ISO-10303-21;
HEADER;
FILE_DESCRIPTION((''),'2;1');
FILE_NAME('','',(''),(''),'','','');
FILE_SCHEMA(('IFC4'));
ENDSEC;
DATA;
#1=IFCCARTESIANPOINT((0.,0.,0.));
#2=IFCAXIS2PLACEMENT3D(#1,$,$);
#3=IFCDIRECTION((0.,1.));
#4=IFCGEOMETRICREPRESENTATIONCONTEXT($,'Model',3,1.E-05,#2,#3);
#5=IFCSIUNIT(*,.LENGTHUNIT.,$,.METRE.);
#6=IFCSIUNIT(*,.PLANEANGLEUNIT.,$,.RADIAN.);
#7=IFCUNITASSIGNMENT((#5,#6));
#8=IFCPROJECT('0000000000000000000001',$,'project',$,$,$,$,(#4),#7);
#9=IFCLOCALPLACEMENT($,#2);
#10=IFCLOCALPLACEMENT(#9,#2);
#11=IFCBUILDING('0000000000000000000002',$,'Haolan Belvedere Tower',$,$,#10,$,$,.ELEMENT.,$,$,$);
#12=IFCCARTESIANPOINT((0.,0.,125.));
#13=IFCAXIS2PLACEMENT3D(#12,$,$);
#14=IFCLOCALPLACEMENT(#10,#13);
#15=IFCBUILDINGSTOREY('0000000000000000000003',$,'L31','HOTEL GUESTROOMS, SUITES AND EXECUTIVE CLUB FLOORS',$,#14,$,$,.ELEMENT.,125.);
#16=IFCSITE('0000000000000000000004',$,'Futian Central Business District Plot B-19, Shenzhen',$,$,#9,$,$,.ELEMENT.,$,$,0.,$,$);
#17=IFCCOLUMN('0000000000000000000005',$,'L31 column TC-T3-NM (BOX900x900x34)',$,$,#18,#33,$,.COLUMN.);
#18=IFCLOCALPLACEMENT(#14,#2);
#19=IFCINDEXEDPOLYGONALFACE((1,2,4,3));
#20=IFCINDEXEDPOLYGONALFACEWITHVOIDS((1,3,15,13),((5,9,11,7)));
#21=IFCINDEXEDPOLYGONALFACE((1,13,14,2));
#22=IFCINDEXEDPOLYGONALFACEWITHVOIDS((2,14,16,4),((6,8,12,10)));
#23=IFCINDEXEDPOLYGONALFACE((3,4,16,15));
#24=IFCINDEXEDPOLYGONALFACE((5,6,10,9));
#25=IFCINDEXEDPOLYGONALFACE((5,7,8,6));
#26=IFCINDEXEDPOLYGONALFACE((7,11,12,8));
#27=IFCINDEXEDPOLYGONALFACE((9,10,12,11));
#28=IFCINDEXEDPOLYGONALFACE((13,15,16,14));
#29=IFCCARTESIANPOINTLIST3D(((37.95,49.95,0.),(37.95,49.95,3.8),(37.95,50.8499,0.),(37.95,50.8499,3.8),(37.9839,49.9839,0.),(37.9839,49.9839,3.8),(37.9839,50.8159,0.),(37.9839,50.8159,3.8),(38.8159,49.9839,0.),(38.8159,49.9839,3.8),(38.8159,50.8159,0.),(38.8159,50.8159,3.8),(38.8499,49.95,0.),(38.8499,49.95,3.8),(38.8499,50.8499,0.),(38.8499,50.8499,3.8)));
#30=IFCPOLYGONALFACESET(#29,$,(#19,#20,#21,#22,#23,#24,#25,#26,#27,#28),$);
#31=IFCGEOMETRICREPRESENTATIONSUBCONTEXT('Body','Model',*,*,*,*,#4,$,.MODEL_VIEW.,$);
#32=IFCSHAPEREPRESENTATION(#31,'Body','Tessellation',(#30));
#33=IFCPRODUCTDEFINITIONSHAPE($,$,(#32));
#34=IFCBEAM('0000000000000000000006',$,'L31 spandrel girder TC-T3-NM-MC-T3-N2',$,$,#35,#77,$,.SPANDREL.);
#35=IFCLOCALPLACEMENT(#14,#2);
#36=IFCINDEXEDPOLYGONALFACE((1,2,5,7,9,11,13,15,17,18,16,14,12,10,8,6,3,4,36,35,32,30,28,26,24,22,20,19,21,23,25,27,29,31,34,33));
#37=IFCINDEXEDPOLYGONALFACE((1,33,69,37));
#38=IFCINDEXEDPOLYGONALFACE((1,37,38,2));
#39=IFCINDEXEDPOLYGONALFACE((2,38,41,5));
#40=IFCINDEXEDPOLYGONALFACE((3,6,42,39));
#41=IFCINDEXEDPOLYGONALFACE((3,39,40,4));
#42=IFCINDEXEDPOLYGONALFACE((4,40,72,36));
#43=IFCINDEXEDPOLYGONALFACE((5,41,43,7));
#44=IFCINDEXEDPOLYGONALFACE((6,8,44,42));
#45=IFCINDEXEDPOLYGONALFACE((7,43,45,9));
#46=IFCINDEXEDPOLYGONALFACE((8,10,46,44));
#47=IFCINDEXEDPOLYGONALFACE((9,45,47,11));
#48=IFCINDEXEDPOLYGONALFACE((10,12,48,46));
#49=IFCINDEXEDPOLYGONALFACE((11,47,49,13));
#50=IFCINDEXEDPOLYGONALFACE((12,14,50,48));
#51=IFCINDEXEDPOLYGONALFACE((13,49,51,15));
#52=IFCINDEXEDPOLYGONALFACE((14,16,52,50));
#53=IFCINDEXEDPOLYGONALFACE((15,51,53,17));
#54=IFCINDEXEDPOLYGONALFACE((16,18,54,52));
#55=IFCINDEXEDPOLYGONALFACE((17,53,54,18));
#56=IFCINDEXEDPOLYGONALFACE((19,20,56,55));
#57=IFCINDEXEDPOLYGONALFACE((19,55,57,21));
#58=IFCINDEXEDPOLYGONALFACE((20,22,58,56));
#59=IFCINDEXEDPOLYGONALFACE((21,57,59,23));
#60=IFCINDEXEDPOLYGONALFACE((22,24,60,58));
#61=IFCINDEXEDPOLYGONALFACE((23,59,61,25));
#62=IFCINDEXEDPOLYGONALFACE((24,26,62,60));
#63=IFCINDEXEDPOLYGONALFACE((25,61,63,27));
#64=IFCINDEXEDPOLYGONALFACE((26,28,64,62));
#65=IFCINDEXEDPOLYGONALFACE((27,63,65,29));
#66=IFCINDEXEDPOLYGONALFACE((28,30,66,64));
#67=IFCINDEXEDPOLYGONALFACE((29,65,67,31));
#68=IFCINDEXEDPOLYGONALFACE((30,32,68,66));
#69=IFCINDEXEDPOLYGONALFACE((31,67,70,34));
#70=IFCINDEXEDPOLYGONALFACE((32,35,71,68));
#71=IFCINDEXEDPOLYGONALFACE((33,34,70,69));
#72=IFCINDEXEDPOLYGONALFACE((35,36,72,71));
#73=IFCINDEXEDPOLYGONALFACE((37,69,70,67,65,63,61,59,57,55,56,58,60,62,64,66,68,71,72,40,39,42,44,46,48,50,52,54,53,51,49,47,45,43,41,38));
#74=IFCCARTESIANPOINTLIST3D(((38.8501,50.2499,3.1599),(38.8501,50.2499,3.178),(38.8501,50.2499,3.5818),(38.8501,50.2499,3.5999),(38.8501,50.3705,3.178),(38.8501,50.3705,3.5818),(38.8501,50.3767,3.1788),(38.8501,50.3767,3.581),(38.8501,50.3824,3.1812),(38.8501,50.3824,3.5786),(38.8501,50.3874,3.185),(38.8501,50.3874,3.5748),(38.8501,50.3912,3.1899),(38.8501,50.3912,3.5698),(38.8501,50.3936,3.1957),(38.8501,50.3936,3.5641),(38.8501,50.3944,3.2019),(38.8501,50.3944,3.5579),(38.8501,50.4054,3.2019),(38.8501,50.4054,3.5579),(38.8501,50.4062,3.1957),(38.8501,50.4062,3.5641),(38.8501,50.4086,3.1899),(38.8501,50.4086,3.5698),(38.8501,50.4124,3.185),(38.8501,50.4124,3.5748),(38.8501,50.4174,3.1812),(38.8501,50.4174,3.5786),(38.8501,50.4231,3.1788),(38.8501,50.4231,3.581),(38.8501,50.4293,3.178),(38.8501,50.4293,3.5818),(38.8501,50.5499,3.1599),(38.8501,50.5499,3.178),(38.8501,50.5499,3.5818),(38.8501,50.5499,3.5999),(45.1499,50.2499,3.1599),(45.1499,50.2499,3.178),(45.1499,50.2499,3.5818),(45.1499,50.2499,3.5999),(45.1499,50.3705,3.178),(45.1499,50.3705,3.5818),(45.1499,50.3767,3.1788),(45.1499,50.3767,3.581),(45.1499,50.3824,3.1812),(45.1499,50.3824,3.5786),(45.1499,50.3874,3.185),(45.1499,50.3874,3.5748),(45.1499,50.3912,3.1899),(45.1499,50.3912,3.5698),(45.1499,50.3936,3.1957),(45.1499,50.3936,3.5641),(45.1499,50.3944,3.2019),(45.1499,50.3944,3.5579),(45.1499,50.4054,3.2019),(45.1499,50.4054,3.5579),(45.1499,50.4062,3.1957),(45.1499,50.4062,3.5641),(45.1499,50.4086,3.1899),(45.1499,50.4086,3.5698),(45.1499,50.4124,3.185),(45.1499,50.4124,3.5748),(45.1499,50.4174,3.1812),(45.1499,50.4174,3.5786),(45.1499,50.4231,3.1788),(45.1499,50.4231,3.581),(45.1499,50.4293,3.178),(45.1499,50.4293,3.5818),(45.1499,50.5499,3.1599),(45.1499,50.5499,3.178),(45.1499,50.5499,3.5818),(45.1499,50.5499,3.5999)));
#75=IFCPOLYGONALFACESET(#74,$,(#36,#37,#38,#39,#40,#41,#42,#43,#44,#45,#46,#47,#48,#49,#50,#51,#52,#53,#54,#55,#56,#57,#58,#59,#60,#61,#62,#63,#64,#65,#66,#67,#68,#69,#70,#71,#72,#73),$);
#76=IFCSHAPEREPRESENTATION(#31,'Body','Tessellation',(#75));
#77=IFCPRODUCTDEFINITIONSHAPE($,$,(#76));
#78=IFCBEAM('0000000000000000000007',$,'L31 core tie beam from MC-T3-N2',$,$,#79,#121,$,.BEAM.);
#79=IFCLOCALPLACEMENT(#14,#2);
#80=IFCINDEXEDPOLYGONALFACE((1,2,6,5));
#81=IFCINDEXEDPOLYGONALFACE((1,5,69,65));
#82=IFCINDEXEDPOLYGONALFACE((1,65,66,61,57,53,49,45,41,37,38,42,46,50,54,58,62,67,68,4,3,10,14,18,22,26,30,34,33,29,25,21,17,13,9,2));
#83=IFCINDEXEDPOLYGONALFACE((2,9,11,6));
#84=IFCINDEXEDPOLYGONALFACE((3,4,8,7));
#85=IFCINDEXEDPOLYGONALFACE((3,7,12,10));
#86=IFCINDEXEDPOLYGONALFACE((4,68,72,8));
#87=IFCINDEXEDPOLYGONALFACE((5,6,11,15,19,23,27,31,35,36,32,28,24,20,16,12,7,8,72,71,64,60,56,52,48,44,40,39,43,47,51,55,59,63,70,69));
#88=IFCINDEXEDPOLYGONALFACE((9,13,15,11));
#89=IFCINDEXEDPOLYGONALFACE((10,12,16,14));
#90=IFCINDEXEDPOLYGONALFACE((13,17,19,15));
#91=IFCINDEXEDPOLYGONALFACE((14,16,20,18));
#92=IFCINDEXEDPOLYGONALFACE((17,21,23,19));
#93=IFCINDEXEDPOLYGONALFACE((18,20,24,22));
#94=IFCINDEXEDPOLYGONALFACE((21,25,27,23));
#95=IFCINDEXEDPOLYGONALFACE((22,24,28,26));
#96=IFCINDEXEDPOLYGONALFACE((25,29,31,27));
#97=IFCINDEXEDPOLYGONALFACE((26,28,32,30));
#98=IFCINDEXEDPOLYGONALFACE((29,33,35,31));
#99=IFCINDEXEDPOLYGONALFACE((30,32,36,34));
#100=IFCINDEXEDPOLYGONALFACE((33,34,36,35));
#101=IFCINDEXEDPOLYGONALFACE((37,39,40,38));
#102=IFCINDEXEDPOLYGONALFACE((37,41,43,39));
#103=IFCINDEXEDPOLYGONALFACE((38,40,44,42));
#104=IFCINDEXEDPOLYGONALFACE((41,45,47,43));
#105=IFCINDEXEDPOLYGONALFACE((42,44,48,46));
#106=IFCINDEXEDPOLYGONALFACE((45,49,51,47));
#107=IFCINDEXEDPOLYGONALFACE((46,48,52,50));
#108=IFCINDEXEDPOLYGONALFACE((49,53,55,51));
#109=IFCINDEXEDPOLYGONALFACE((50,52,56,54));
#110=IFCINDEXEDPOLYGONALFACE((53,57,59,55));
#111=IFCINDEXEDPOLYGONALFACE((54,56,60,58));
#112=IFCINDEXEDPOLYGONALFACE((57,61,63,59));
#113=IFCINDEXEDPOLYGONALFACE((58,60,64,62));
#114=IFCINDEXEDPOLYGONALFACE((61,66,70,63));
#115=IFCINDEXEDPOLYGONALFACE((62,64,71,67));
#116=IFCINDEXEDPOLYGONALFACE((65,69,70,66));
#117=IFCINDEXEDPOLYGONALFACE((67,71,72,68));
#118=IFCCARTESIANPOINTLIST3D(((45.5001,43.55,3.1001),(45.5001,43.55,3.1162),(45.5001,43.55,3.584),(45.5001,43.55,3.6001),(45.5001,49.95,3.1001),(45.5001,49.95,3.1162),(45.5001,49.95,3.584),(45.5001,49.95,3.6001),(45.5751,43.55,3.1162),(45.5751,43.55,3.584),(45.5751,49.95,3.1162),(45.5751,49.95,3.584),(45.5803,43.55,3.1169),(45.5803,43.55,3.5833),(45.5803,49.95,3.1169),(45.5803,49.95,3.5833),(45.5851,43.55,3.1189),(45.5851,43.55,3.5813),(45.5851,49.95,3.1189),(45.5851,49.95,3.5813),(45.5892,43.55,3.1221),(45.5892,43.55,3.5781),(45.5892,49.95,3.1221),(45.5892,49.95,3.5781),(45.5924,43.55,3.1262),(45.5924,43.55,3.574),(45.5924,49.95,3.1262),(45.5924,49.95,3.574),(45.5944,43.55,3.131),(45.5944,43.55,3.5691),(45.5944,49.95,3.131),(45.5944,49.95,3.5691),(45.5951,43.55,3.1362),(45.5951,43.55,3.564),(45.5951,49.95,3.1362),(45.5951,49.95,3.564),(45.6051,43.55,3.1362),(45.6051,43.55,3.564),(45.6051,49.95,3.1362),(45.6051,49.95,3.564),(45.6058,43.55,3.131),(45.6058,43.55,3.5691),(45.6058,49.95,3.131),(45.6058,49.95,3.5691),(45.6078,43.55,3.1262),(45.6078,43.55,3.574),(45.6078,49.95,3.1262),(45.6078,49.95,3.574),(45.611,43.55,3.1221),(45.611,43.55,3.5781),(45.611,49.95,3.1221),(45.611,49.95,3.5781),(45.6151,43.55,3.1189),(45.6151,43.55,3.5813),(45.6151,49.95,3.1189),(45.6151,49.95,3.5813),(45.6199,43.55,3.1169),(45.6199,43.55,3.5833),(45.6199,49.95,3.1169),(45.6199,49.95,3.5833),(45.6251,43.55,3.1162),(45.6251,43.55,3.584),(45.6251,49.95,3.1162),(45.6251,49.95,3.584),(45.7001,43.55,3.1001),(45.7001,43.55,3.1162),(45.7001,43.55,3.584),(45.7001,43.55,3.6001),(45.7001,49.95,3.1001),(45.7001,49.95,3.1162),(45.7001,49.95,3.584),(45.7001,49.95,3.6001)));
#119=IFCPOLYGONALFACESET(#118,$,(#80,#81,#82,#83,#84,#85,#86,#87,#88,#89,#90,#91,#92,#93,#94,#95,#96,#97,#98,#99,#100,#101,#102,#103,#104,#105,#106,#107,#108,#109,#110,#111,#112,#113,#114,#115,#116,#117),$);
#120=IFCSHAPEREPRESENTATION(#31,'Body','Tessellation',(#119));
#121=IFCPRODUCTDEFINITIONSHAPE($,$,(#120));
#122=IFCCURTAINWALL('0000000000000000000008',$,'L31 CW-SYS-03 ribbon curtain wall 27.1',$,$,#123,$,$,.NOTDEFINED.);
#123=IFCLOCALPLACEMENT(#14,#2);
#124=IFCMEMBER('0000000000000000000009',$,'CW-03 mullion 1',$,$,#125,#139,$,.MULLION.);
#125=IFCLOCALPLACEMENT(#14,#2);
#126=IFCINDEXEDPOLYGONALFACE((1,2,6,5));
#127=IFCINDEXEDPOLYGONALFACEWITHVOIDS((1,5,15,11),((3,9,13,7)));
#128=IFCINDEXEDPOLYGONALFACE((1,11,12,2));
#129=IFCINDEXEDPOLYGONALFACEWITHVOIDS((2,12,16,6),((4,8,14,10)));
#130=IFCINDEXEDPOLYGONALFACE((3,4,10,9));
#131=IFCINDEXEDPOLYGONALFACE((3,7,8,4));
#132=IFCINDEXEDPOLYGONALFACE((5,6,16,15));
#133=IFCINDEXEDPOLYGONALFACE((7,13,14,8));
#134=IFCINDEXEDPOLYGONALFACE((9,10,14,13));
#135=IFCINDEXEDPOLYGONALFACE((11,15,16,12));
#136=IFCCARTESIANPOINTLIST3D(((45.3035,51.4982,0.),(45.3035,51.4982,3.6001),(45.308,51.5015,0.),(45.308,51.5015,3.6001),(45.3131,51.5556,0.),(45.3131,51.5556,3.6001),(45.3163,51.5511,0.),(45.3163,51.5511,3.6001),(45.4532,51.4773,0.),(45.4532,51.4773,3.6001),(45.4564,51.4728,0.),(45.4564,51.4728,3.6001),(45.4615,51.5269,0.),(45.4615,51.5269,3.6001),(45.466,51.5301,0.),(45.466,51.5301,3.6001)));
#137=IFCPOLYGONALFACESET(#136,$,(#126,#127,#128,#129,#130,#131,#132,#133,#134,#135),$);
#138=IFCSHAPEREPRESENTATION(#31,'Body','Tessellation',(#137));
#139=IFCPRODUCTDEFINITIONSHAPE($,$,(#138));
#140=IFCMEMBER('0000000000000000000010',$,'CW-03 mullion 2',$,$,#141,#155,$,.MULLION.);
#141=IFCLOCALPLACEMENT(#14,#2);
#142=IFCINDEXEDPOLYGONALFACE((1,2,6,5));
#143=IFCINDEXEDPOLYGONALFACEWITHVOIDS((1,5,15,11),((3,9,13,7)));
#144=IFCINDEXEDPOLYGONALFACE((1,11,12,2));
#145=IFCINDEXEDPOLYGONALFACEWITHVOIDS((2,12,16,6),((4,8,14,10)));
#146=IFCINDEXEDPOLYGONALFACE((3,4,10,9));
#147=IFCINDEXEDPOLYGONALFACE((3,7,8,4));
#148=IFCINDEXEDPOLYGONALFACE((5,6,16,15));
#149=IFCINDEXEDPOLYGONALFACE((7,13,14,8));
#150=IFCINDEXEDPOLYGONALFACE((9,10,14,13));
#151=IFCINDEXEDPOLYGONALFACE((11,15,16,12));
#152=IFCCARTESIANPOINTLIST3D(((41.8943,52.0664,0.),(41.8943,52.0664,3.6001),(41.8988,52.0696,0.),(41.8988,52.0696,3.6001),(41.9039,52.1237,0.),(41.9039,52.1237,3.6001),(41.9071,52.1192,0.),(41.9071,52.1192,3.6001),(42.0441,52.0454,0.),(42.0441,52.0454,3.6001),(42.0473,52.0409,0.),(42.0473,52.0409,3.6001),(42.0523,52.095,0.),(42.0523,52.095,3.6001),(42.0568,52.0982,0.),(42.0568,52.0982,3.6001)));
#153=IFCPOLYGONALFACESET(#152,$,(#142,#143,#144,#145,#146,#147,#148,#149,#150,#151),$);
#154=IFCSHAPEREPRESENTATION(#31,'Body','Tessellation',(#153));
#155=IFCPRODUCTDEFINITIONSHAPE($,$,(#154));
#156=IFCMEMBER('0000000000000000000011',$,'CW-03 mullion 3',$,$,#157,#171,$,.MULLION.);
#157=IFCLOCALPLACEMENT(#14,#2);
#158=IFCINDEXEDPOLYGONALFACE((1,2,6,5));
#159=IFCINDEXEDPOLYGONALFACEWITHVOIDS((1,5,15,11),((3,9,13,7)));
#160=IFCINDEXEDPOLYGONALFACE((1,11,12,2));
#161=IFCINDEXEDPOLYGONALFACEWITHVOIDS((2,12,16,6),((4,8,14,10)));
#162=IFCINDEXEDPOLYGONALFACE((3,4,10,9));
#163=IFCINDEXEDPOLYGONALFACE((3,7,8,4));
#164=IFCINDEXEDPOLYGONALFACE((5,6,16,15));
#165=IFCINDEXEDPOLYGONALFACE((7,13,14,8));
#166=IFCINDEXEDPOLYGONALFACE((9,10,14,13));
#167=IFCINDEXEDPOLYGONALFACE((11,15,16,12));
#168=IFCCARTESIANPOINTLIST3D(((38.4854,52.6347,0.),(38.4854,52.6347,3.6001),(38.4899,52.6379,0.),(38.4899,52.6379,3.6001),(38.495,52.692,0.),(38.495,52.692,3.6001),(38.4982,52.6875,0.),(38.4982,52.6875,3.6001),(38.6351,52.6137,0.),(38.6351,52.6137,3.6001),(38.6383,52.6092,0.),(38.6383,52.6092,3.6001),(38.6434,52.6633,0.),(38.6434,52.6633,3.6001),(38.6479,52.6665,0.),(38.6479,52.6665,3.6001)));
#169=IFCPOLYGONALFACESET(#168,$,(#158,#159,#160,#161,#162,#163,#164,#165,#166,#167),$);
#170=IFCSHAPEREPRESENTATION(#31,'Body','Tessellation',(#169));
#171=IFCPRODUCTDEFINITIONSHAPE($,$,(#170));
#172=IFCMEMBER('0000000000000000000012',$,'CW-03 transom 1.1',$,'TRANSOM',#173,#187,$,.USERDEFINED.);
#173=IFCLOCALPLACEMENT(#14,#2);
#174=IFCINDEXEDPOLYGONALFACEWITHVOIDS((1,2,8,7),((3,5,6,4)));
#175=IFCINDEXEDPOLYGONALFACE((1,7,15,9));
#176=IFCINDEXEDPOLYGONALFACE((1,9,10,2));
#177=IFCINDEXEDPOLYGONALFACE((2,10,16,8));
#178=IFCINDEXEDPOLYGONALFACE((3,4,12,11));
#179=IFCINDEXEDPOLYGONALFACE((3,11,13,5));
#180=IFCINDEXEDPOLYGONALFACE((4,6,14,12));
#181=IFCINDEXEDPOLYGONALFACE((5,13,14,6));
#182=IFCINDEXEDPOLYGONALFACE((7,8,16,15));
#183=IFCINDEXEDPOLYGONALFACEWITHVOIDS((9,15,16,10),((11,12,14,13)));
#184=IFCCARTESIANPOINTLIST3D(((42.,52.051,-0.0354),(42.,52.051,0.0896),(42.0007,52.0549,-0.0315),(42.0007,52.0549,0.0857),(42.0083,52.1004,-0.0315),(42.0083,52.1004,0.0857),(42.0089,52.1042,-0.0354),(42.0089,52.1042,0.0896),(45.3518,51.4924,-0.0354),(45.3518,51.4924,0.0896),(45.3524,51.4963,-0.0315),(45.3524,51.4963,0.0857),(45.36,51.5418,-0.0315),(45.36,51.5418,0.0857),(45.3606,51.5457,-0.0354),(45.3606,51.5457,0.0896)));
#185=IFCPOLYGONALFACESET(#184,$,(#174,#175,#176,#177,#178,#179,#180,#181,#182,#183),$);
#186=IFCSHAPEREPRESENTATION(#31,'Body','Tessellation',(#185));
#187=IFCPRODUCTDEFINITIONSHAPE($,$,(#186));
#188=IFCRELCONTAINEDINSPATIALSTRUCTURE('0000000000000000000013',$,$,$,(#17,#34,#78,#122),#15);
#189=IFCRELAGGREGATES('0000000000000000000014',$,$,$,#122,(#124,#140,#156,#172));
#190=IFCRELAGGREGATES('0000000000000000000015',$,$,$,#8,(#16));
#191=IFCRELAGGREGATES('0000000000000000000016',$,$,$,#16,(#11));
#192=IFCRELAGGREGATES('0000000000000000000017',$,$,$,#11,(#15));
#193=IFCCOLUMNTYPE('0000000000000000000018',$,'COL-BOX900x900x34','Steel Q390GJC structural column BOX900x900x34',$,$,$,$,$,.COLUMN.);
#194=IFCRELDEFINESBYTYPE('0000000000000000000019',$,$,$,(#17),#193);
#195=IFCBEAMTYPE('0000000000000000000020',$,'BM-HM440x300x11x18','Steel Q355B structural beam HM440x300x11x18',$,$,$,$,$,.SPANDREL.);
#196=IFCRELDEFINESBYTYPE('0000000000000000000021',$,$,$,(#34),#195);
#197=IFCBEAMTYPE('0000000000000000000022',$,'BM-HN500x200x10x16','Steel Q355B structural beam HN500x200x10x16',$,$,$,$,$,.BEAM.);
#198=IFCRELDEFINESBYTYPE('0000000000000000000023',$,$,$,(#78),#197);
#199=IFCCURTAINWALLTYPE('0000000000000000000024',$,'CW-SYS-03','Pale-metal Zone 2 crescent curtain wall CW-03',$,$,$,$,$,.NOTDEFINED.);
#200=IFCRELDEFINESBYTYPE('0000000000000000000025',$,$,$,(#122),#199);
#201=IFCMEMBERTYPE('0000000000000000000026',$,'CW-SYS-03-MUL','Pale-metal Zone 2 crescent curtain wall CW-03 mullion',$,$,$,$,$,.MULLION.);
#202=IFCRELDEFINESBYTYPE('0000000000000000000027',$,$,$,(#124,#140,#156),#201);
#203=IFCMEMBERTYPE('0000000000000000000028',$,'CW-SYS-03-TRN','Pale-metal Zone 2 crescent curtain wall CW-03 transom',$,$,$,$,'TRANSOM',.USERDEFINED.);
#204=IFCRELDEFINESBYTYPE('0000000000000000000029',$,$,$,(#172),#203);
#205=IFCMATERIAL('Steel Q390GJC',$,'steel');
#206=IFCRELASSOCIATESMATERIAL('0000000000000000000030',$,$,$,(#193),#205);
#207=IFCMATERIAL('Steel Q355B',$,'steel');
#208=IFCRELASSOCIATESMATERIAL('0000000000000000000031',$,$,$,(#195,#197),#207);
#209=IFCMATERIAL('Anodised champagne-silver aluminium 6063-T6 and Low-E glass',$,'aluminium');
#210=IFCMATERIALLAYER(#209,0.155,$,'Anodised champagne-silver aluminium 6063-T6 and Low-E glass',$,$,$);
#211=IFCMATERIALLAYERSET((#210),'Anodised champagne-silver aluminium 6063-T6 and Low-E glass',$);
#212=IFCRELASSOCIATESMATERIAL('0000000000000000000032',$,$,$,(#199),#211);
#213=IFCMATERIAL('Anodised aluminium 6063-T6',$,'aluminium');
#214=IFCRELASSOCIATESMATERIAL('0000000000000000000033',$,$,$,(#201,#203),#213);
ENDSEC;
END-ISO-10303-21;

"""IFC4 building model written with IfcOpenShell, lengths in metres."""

from ifc_helpers import new_model, si_unit, direction, frame, origin, origin_2d, place, context, subcontext, project, spatial, hollow_rectangle, i_section, extrude, material, layer, layer_set, material_profile, profile_set, type_object, element, aggregate, save


model = new_model("IFC4")

# Units and contexts
model_context = context("Model", 3, precision=1e-05, world=origin(), true_north=direction((0.0, 1.0)))
body_context = subcontext(model_context, "Body", "Model", "MODEL_VIEW")
ifc_project = project(units=[si_unit("LENGTHUNIT", "METRE"), si_unit("PLANEANGLEUNIT", "RADIAN")], contexts=[model_context])

# Site, building, storey
site_placement = place(None, origin())
site = spatial("IfcSite", under=ifc_project, at=site_placement, Name="Futian Central Business District Plot B-19, Shenzhen", CompositionType="ELEMENT", RefElevation=0.0)
building_placement = place(site_placement, origin())
building = spatial("IfcBuilding", under=site, at=building_placement, Name="Haolan Belvedere Tower", CompositionType="ELEMENT")
storey_placement = place(building_placement, frame((0.0, 0.0, 125.0)))
storey = spatial("IfcBuildingStorey", under=building, at=storey_placement, Name="L31", Description="HOTEL GUESTROOMS, SUITES AND EXECUTIVE CLUB FLOORS", CompositionType="ELEMENT", Elevation=125.0)

# Column
ifc_material_1 = material(Name="Steel Q390GJC", Category="steel")
ifc_material_profile_1 = material_profile(ifc_material_1, hollow_rectangle(XDim=0.8999, YDim=0.8999, WallThickness=0.0339, at=origin_2d()), Name="Steel Q390GJC")
ifc_profile_set_1 = profile_set([ifc_material_profile_1], Name="Steel Q390GJC")
column_type = type_object("IfcColumnType", Name="COL-BOX900x900x34", Description="Steel Q390GJC structural column BOX900x900x34", PredefinedType="COLUMN", material=ifc_profile_set_1)
column_placement = place(storey_placement, frame((38.3999, 50.3999, 0.0), z_axis=(0.0, 0.0, 1.0), x_axis=(1.0, 0.0, 0.0)))
element("IfcColumn", 1, at=column_placement, inside=storey, type_object=column_type, Name="L31 column TC-T3-NM (BOX900x900x34)", PredefinedType="COLUMN", context=body_context, shape_type="SweptSolid", body=[
    extrude(hollow_rectangle(XDim=0.8999, YDim=0.8999, WallThickness=0.0339, at=origin_2d()), origin(), (0.0, 0.0, 1.0), 3.8),
])

# Beams
ifc_material_2 = material(Name="Steel Q355B", Category="steel")
ifc_material_profile_2 = material_profile(ifc_material_2, i_section(OverallWidth=0.3, OverallDepth=0.4399, WebThickness=0.011, FlangeThickness=0.0181, FilletRadius=0.0239, at=origin_2d()), Name="Steel Q355B")
ifc_profile_set_2 = profile_set([ifc_material_profile_2], Name="Steel Q355B")
beam_type_1 = type_object("IfcBeamType", Name="BM-HM440x300x11x18", Description="Steel Q355B structural beam HM440x300x11x18", PredefinedType="SPANDREL", material=ifc_profile_set_2)
beam_1_placement = place(storey_placement, frame((38.8501, 50.3999, 3.3799), z_axis=(1.0, 0.0, 0.0), x_axis=(0.0, 1.0, 0.0)))
element("IfcBeam", 2, at=beam_1_placement, inside=storey, type_object=beam_type_1, Name="L31 spandrel girder TC-T3-NM-MC-T3-N2", PredefinedType="SPANDREL", context=body_context, shape_type="SweptSolid", body=[
    extrude(i_section(OverallWidth=0.3, OverallDepth=0.4399, WebThickness=0.011, FlangeThickness=0.0181, FilletRadius=0.0239, at=origin_2d()), origin(), (0.0, 0.0, 1.0), 6.2998),
])
ifc_material_profile_3 = material_profile(ifc_material_2, i_section(OverallWidth=0.2, OverallDepth=0.5, WebThickness=0.01, FlangeThickness=0.0161, FilletRadius=0.02, at=origin_2d()), Name="Steel Q355B")
ifc_profile_set_3 = profile_set([ifc_material_profile_3], Name="Steel Q355B")
beam_type_2 = type_object("IfcBeamType", Name="BM-HN500x200x10x16", Description="Steel Q355B structural beam HN500x200x10x16", PredefinedType="BEAM", material=ifc_profile_set_3)
beam_2_placement = place(storey_placement, frame((45.6001, 49.95, 3.3501), z_axis=(0.0, -1.0, 0.0), x_axis=(1.0, 0.0, 0.0)))
element("IfcBeam", 3, at=beam_2_placement, inside=storey, type_object=beam_type_2, Name="L31 core tie beam from MC-T3-N2", PredefinedType="BEAM", context=body_context, shape_type="SweptSolid", body=[
    extrude(i_section(OverallWidth=0.2, OverallDepth=0.5, WebThickness=0.01, FlangeThickness=0.0161, FilletRadius=0.02, at=origin_2d()), origin(), (0.0, 0.0, 1.0), 6.3999),
])

# Curtain wall, members
ifc_material_3 = material(Name="Anodised champagne-silver aluminium 6063-T6 and Low-E glass", Category="aluminium")
ifc_layer_1 = layer(ifc_material_3, 0.155, Name="Anodised champagne-silver aluminium 6063-T6 and Low-E glass")
ifc_layer_set_1 = layer_set([ifc_layer_1], Name="Anodised champagne-silver aluminium 6063-T6 and Low-E glass")
curtain_wall_type = type_object("IfcCurtainWallType", Name="CW-SYS-03", Description="Pale-metal Zone 2 crescent curtain wall CW-03", PredefinedType="NOTDEFINED", material=ifc_layer_set_1)
curtain_wall_placement = place(storey_placement, origin())
curtain_wall = element("IfcCurtainWall", 4, at=curtain_wall_placement, inside=storey, type_object=curtain_wall_type, Name="L31 CW-SYS-03 ribbon curtain wall 27.1", PredefinedType="NOTDEFINED")
ifc_material_4 = material(Name="Anodised aluminium 6063-T6", Category="aluminium")
ifc_material_profile_4 = material_profile(ifc_material_4, hollow_rectangle(XDim=0.0581, YDim=0.155, WallThickness=0.0039, at=origin_2d()), Name="Anodised aluminium 6063-T6")
ifc_profile_set_4 = profile_set([ifc_material_profile_4], Name="Anodised aluminium 6063-T6")
member_type_1 = type_object("IfcMemberType", Name="CW-SYS-03-MUL", Description="Pale-metal Zone 2 crescent curtain wall CW-03 mullion", PredefinedType="MULLION", material=ifc_profile_set_4)
member_1_placement = place(storey_placement, frame((45.3848, 51.5142, 0.0), z_axis=(0.0, 0.0, 1.0), x_axis=(-0.164404, -0.986393, 0.0)))
member_1 = element("IfcMember", 5, at=member_1_placement, type_object=member_type_1, Name="CW-03 mullion 1", PredefinedType="MULLION", context=body_context, shape_type="SweptSolid", body=[
    extrude(hollow_rectangle(XDim=0.0581, YDim=0.155, WallThickness=0.0039, at=origin_2d()), origin(), (0.0, 0.0, 1.0), 3.6001),
])
member_2_placement = place(storey_placement, frame((41.9756, 52.0823, 0.0), z_axis=(0.0, 0.0, 1.0), x_axis=(-0.164404, -0.986393, 0.0)))
member_2 = element("IfcMember", 6, at=member_2_placement, type_object=member_type_1, Name="CW-03 mullion 2", PredefinedType="MULLION", context=body_context, shape_type="SweptSolid", body=[
    extrude(hollow_rectangle(XDim=0.0581, YDim=0.155, WallThickness=0.0039, at=origin_2d()), origin(), (0.0, 0.0, 1.0), 3.6001),
])
member_3_placement = place(storey_placement, frame((38.5667, 52.6506, 0.0), z_axis=(0.0, 0.0, 1.0), x_axis=(-0.164404, -0.986393, 0.0)))
member_3 = element("IfcMember", 7, at=member_3_placement, type_object=member_type_1, Name="CW-03 mullion 3", PredefinedType="MULLION", context=body_context, shape_type="SweptSolid", body=[
    extrude(hollow_rectangle(XDim=0.0581, YDim=0.155, WallThickness=0.0039, at=origin_2d()), origin(), (0.0, 0.0, 1.0), 3.6001),
])
ifc_material_profile_5 = material_profile(ifc_material_4, hollow_rectangle(XDim=0.054, YDim=0.125, WallThickness=0.0039, at=origin_2d()), Name="Anodised aluminium 6063-T6")
ifc_profile_set_5 = profile_set([ifc_material_profile_5], Name="Anodised aluminium 6063-T6")
member_type_2 = type_object("IfcMemberType", Name="CW-SYS-03-TRN", Description="Pale-metal Zone 2 crescent curtain wall CW-03 transom", ElementType="TRANSOM", PredefinedType="USERDEFINED", material=ifc_profile_set_5)
member_4_placement = place(storey_placement, frame((45.3562, 51.519, 0.0271), z_axis=(-0.986396, 0.164387, 0.0), x_axis=(-0.164387, -0.986396, 0.0)))
member_4 = element("IfcMember", 8, at=member_4_placement, type_object=member_type_2, Name="CW-03 transom 1.1", ObjectType="TRANSOM", PredefinedType="USERDEFINED", context=body_context, shape_type="SweptSolid", body=[
    extrude(hollow_rectangle(XDim=0.054, YDim=0.125, WallThickness=0.0039, at=origin_2d()), origin(), (0.0, 0.0, 1.0), 3.3979),
])
aggregate(curtain_wall, [member_1, member_2, member_3, member_4])

save(model, "model.ifc")
